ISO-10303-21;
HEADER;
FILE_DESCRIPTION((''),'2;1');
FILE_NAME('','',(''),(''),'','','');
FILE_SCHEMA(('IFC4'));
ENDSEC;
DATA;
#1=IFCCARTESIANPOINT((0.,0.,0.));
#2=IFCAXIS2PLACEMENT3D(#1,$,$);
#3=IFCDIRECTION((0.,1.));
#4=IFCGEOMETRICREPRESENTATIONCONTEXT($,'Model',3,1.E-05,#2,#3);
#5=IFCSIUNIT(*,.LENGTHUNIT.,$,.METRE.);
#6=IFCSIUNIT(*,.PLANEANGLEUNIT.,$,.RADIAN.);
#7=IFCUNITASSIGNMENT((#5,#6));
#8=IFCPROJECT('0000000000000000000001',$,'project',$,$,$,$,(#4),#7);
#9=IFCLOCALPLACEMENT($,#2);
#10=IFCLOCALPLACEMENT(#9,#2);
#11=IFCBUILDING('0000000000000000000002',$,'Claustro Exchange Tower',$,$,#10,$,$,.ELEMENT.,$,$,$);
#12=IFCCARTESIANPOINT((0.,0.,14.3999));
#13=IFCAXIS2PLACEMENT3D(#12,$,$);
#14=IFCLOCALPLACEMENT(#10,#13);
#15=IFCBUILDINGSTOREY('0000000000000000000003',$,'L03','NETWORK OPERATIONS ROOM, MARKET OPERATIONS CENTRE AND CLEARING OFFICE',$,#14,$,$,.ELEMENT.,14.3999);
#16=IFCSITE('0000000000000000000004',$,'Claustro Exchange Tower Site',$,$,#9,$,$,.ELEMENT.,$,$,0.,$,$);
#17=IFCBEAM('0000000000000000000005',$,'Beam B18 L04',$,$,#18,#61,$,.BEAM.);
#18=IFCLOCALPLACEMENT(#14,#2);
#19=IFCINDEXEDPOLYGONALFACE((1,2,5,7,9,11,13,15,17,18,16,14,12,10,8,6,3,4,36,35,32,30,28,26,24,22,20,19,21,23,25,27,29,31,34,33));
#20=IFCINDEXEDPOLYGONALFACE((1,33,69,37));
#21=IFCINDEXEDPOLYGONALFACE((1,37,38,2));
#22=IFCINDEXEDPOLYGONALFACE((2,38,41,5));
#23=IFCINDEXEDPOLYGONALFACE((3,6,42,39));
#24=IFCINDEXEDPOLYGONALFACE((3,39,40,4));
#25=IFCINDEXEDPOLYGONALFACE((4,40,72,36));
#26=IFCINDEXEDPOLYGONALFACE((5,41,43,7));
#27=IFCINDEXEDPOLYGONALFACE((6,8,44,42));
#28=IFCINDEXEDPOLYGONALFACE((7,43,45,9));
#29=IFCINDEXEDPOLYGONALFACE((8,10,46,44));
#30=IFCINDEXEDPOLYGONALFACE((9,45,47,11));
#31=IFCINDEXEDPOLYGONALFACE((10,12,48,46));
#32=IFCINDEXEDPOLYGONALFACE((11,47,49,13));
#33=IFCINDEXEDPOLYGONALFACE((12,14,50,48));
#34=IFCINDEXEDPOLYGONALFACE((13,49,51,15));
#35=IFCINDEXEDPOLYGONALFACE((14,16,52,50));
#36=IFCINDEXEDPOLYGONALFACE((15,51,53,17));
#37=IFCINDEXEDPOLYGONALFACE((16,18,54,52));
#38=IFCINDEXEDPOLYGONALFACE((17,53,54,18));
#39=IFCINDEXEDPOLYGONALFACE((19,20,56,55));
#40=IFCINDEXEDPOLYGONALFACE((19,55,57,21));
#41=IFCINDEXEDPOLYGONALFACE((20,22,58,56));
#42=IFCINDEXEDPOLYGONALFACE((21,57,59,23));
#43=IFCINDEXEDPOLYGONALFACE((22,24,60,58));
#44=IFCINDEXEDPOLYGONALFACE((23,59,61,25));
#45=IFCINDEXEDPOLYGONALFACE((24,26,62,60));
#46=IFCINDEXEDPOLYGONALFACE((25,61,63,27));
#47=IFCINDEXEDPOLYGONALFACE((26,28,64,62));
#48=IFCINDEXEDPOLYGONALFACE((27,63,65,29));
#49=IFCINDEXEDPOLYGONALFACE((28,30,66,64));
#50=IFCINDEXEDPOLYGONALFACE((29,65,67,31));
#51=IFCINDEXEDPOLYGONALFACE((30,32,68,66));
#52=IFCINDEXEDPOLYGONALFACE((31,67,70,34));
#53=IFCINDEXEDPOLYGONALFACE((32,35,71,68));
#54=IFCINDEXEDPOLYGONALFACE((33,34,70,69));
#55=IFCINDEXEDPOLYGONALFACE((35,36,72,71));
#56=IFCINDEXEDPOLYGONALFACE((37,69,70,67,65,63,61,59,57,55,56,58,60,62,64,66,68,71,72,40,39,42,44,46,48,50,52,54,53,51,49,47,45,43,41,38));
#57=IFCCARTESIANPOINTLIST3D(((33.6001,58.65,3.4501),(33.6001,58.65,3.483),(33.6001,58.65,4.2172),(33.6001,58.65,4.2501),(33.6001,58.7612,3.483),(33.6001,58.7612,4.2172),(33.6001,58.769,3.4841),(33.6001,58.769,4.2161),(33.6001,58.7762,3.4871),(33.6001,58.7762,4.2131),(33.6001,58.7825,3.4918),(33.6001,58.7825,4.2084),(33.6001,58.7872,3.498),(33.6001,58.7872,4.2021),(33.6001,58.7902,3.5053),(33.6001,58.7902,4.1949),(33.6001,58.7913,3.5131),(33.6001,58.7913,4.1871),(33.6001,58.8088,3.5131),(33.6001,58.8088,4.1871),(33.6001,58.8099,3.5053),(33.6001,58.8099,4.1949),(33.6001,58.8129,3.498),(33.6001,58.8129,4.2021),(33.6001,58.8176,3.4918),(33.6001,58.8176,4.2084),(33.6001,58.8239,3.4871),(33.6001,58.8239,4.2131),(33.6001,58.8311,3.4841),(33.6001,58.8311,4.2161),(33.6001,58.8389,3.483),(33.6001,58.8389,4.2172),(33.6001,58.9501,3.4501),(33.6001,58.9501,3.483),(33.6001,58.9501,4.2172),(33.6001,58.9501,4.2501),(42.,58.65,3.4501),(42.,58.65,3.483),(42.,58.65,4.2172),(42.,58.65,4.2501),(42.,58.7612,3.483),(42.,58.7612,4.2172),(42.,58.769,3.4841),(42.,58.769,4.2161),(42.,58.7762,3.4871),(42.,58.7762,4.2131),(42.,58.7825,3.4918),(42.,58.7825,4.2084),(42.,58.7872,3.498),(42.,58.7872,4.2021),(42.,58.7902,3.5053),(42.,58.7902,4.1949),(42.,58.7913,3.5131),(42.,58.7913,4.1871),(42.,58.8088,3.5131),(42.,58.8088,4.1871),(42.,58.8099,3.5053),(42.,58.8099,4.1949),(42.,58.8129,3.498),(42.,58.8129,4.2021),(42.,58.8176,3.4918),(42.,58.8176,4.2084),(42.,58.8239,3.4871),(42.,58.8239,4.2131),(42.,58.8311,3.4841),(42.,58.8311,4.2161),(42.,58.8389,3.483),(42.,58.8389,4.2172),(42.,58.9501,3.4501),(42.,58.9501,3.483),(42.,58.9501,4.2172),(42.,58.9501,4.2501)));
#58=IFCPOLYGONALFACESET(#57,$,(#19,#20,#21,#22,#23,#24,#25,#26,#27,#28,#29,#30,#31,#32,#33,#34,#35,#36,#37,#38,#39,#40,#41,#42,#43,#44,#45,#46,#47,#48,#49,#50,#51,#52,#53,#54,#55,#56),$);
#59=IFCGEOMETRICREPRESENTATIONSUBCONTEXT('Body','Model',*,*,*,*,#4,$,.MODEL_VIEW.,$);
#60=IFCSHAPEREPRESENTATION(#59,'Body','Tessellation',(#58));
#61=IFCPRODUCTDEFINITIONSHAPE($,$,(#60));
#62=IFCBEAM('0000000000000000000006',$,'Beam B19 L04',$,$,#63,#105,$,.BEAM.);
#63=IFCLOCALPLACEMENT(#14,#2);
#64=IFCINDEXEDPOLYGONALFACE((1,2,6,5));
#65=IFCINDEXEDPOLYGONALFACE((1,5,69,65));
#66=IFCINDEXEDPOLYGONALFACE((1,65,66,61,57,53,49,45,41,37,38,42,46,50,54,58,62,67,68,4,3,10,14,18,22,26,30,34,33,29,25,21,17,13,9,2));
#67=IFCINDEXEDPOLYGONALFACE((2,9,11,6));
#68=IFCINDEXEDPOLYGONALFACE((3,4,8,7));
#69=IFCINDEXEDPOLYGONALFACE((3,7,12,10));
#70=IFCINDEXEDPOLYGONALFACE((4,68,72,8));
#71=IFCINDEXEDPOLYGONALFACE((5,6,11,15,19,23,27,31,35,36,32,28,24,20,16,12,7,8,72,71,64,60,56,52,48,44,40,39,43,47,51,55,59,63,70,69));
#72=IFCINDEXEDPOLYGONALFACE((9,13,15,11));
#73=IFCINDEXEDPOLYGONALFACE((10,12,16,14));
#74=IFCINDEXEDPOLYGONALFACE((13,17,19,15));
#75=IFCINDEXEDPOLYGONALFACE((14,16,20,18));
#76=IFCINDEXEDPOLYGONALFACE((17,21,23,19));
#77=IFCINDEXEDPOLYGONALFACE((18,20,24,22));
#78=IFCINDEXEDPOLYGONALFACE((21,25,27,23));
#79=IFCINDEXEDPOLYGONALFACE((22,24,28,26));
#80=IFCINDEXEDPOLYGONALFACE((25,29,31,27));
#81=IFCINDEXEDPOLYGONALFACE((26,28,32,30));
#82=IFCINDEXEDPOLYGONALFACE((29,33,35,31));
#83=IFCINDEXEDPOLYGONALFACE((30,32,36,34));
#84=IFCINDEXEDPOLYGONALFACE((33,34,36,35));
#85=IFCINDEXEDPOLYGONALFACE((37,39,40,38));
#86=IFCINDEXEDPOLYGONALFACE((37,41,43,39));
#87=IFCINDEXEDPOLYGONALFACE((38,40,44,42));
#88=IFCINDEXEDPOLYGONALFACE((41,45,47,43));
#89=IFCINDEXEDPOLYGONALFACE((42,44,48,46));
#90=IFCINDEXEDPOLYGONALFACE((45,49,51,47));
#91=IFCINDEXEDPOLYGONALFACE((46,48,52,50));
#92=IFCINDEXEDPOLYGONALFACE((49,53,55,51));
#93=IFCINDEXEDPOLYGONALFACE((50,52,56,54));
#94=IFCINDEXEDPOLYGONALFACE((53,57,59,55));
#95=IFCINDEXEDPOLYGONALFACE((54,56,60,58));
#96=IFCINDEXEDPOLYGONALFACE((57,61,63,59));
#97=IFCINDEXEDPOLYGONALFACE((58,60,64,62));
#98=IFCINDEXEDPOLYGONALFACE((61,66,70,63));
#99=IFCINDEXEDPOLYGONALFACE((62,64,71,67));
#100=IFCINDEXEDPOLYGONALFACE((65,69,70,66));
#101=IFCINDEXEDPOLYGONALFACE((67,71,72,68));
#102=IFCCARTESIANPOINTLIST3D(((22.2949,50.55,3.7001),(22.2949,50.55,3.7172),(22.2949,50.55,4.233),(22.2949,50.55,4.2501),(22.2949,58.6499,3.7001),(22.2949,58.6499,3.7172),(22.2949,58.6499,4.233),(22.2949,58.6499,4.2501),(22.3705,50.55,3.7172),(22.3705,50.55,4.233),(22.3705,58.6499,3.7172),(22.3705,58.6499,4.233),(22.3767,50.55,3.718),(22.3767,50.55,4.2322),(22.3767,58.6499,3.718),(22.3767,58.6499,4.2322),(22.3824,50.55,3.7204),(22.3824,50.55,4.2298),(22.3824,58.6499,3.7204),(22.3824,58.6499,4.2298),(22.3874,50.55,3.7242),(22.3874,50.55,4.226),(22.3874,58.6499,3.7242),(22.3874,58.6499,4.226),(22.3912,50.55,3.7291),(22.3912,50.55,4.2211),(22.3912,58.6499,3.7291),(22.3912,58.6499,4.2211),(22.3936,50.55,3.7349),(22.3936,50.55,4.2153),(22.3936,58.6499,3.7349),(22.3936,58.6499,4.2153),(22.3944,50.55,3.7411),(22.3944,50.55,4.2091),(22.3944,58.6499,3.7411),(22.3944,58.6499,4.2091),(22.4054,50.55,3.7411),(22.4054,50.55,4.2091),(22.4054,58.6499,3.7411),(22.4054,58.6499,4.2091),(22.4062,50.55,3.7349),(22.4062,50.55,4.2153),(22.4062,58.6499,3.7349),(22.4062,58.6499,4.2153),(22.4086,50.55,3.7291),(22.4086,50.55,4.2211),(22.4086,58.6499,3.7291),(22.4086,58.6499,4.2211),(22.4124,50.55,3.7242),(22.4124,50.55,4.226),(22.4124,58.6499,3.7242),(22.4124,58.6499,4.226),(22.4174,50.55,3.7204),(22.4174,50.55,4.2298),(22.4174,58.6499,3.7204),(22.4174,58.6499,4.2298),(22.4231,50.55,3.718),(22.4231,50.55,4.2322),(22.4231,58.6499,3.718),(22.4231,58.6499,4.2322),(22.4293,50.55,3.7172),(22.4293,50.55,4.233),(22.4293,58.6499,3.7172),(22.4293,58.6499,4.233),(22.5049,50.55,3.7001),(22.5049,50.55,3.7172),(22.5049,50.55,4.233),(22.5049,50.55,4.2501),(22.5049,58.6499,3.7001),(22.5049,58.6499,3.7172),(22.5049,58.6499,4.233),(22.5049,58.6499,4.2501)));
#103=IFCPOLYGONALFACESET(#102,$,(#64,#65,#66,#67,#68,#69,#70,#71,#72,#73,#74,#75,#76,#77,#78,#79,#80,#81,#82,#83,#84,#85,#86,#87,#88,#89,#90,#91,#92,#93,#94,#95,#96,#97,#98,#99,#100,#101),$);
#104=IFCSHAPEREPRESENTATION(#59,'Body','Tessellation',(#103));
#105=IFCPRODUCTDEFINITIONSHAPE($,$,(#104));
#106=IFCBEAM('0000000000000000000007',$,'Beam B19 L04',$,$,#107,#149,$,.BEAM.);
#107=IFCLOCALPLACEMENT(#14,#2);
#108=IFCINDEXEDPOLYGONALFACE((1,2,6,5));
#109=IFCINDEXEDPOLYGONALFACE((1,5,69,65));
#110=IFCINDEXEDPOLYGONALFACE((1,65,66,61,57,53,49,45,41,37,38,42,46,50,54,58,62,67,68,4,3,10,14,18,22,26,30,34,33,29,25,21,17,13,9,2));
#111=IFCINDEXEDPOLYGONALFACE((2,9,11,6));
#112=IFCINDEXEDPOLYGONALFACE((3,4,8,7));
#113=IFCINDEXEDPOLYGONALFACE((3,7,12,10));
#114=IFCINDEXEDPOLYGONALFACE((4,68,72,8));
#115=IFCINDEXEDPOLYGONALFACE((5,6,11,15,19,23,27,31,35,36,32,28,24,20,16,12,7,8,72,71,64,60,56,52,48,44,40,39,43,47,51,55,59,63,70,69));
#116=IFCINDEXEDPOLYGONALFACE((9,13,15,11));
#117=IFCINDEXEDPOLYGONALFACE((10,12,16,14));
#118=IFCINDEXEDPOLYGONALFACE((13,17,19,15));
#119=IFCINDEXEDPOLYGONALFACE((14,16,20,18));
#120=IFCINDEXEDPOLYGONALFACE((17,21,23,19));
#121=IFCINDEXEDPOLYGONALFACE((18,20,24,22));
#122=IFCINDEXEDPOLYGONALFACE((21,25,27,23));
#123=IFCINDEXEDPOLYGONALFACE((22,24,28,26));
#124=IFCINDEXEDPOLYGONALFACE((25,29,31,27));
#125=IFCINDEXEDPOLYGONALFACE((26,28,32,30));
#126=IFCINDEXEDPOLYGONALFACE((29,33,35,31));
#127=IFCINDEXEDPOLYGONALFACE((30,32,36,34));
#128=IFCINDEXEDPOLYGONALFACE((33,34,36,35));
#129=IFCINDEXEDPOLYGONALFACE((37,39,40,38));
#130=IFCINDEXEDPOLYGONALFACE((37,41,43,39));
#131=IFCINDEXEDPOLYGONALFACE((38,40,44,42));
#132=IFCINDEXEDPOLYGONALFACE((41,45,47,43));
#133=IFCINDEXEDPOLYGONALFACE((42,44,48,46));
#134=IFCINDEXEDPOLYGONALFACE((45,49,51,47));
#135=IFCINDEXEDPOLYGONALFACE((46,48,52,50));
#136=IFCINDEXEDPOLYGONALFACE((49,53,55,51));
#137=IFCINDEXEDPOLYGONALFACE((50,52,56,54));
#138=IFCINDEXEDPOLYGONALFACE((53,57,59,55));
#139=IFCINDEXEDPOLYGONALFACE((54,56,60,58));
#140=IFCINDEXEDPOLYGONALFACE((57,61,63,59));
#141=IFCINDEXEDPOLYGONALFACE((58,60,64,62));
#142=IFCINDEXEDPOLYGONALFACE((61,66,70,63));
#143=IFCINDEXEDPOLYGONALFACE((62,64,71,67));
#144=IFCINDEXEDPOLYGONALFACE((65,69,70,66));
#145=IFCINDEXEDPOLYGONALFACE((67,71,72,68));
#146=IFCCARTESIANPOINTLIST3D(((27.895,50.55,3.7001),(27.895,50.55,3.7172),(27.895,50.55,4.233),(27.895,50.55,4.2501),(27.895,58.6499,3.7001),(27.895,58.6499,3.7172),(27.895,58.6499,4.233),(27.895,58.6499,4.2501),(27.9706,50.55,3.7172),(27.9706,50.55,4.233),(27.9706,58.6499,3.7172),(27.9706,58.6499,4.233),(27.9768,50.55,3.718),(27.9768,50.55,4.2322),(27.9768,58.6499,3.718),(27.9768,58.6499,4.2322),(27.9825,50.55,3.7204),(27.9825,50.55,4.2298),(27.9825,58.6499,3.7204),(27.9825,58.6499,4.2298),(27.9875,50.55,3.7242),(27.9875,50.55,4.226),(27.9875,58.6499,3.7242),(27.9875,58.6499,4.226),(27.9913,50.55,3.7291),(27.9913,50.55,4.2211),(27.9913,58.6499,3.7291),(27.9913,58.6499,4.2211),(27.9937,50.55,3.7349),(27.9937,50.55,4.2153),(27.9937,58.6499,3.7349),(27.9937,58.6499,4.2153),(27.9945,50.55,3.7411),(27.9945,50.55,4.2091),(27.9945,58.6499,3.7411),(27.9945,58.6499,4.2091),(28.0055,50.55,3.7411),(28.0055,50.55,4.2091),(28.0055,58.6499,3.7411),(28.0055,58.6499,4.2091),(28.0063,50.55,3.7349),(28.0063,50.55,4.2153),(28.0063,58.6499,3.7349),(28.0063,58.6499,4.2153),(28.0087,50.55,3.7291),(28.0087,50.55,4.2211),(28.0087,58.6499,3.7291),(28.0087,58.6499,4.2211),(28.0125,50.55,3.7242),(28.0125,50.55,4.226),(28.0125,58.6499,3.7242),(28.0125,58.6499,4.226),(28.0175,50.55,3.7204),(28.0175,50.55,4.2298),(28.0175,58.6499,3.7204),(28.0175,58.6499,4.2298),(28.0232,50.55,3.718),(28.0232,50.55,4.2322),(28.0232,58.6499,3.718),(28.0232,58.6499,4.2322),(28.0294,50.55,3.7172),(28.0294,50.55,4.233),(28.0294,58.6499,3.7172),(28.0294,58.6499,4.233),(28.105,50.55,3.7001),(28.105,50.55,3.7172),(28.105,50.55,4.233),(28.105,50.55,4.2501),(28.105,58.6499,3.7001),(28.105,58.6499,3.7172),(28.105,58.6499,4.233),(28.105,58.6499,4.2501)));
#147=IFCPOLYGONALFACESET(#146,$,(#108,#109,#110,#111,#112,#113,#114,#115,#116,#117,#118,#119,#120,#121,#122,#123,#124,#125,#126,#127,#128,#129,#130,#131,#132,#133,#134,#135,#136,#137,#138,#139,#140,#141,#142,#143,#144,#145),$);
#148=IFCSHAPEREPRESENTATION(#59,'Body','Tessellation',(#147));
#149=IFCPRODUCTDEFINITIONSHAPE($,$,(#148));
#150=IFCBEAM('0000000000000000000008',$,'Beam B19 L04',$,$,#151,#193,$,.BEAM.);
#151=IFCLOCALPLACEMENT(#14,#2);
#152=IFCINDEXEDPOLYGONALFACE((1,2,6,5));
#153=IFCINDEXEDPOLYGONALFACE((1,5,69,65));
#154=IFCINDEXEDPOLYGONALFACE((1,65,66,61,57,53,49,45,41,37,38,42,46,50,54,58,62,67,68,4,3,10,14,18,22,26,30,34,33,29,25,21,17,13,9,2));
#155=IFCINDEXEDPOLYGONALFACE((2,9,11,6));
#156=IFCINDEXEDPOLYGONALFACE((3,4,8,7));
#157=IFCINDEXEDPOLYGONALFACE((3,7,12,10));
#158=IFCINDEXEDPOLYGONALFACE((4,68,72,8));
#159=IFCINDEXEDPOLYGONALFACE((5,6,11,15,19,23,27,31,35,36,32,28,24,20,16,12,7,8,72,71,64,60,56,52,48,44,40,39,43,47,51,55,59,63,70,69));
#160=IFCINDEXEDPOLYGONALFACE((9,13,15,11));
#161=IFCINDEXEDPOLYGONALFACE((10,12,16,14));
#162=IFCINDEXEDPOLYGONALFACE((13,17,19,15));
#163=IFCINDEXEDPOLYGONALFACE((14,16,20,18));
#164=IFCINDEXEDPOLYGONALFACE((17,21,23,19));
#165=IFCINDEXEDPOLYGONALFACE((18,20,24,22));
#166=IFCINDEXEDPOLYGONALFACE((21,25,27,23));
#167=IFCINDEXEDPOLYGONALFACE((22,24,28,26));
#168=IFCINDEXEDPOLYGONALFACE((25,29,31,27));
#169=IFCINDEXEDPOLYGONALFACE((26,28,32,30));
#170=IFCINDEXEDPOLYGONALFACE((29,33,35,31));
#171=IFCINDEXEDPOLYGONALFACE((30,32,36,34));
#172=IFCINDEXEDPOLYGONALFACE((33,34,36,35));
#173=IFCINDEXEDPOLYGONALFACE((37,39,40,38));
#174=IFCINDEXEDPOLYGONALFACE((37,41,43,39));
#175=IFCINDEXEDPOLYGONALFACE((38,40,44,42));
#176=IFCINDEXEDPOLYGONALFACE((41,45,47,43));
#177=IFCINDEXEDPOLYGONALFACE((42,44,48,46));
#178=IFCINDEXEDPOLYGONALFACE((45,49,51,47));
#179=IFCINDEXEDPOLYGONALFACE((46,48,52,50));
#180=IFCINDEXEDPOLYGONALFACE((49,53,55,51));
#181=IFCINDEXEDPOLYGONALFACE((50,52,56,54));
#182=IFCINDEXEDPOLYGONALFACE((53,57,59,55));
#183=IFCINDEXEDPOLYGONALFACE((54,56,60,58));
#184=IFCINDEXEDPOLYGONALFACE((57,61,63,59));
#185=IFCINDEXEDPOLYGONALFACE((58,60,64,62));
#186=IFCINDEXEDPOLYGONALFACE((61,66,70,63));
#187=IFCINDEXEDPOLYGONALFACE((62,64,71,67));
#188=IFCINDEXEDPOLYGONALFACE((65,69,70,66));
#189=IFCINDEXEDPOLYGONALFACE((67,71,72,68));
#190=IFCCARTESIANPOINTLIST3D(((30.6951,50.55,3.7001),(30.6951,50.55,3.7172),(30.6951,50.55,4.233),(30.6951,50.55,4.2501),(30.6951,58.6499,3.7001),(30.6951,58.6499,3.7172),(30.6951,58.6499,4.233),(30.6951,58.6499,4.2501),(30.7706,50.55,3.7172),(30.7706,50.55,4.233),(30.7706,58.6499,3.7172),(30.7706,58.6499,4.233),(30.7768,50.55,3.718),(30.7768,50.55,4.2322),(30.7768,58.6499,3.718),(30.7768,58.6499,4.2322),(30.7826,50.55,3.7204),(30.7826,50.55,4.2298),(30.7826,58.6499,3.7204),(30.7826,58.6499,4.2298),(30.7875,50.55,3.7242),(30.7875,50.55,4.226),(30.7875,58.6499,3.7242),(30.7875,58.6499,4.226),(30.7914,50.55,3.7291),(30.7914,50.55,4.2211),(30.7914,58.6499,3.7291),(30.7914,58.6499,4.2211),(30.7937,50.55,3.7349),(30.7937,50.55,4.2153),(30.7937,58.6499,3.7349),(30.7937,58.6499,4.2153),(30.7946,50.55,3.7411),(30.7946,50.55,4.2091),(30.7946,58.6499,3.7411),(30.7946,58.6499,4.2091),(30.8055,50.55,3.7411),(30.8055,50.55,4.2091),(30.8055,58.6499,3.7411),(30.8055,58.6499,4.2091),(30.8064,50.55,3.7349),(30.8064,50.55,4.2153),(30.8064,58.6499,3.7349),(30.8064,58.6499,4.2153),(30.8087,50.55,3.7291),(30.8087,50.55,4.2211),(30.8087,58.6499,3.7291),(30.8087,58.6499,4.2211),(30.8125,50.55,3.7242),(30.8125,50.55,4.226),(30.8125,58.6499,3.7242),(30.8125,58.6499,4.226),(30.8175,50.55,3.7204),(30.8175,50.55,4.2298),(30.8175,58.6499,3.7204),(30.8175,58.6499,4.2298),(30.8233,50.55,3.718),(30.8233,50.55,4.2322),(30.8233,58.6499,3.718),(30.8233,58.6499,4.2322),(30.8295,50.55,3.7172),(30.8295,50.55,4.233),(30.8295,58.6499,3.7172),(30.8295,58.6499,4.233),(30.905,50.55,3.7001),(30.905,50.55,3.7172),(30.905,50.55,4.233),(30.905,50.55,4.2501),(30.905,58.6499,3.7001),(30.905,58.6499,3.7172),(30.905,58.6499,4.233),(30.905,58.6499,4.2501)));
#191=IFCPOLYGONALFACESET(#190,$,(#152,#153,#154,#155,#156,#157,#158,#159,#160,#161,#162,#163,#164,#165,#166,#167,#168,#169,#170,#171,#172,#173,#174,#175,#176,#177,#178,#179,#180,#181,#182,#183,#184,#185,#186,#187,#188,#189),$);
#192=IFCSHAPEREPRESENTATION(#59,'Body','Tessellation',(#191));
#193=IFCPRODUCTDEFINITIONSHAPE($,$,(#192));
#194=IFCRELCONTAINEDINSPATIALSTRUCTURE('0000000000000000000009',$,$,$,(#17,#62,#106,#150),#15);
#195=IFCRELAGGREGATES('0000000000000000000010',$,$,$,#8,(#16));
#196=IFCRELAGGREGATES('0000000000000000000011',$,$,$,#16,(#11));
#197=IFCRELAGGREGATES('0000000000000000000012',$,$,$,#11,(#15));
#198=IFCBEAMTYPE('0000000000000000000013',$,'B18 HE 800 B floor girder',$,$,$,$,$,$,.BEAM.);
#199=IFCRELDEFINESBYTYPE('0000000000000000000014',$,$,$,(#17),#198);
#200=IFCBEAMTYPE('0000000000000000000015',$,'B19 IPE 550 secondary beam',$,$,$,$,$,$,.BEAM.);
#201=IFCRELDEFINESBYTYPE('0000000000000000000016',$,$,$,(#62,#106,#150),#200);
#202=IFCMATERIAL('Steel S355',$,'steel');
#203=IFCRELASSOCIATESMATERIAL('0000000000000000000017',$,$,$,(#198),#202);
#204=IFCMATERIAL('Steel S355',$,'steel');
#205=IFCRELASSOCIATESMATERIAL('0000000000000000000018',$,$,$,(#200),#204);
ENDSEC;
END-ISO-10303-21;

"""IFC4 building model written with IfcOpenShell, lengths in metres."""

from ifc_helpers import new_model, si_unit, direction, frame, origin, origin_2d, place, context, subcontext, project, spatial, i_section, extrude, material, material_profile, profile_set, type_object, element, save


model = new_model("IFC4")

# Units and contexts
model_context = context("Model", 3, precision=1e-05, world=origin(), true_north=direction((0.0, 1.0)))
body_context = subcontext(model_context, "Body", "Model", "MODEL_VIEW")
ifc_project = project(units=[si_unit("LENGTHUNIT", "METRE"), si_unit("PLANEANGLEUNIT", "RADIAN")], contexts=[model_context])

# Site, building, storey
site_placement = place(None, origin())
site = spatial("IfcSite", under=ifc_project, at=site_placement, Name="Claustro Exchange Tower Site", CompositionType="ELEMENT", RefElevation=0.0)
building_placement = place(site_placement, origin())
building = spatial("IfcBuilding", under=site, at=building_placement, Name="Claustro Exchange Tower", CompositionType="ELEMENT")
storey_placement = place(building_placement, frame((0.0, 0.0, 14.3999)))
storey = spatial("IfcBuildingStorey", under=building, at=storey_placement, Name="L03", Description="NETWORK OPERATIONS ROOM, MARKET OPERATIONS CENTRE AND CLEARING OFFICE", CompositionType="ELEMENT", Elevation=14.3999)

# Beams
ifc_material_1 = material(Name="Steel S355", Category="steel")
ifc_material_profile_1 = material_profile(ifc_material_1, i_section(OverallWidth=0.3, OverallDepth=0.8, WebThickness=0.0176, FlangeThickness=0.033, FilletRadius=0.03, at=origin_2d()), Name="HE 800 B")
ifc_profile_set_1 = profile_set([ifc_material_profile_1], Name="Steel S355")
beam_type_1 = type_object("IfcBeamType", Name="B18 HE 800 B floor girder", PredefinedType="BEAM", material=ifc_profile_set_1)
beam_1_placement = place(storey_placement, frame((33.6001, 58.8, 3.8501), z_axis=(1.0, 0.0, 0.0), x_axis=(0.0, 1.0, 0.0)))
element("IfcBeam", 1, at=beam_1_placement, inside=storey, type_object=beam_type_1, Name="Beam B18 L04", PredefinedType="BEAM", context=body_context, shape_type="SweptSolid", body=[
    extrude(i_section(OverallWidth=0.3, OverallDepth=0.8, WebThickness=0.0176, FlangeThickness=0.033, FilletRadius=0.03, at=origin_2d()), origin(), (0.0, 0.0, 1.0), 8.3999),
])
ifc_material_2 = material(Name="Steel S355", Category="steel")
ifc_material_profile_2 = material_profile(ifc_material_2, i_section(OverallWidth=0.21, OverallDepth=0.55, WebThickness=0.011, FlangeThickness=0.0171, FilletRadius=0.0239, at=origin_2d()), Name="IPE 550")
ifc_profile_set_2 = profile_set([ifc_material_profile_2], Name="Steel S355")
beam_type_2 = type_object("IfcBeamType", Name="B19 IPE 550 secondary beam", PredefinedType="BEAM", material=ifc_profile_set_2)
for number, where, z_axis, x_axis, name in (
    (2, (22.3999, 50.55, 3.9751), (0.0, 1.0, 0.0), (-1.0, 0.0, 0.0), "Beam B19 L04"),
    (3, (28.0, 50.55, 3.9751), (0.0, 1.0, 0.0), (-1.0, 0.0, 0.0), "Beam B19 L04"),
    (4, (30.8, 50.55, 3.9751), (0.0, 1.0, 0.0), (-1.0, 0.0, 0.0), "Beam B19 L04"),
):
    element("IfcBeam", number, at=place(storey_placement, frame(where, z_axis=z_axis, x_axis=x_axis)), inside=storey, type_object=beam_type_2, Name=name, PredefinedType="BEAM", context=body_context, shape_type="SweptSolid", body=[
        extrude(i_section(OverallWidth=0.21, OverallDepth=0.55, WebThickness=0.011, FlangeThickness=0.0171, FilletRadius=0.0239, at=origin_2d()), origin(), (0.0, 0.0, 1.0), 8.0999),
    ])

save(model, "model.ifc")
